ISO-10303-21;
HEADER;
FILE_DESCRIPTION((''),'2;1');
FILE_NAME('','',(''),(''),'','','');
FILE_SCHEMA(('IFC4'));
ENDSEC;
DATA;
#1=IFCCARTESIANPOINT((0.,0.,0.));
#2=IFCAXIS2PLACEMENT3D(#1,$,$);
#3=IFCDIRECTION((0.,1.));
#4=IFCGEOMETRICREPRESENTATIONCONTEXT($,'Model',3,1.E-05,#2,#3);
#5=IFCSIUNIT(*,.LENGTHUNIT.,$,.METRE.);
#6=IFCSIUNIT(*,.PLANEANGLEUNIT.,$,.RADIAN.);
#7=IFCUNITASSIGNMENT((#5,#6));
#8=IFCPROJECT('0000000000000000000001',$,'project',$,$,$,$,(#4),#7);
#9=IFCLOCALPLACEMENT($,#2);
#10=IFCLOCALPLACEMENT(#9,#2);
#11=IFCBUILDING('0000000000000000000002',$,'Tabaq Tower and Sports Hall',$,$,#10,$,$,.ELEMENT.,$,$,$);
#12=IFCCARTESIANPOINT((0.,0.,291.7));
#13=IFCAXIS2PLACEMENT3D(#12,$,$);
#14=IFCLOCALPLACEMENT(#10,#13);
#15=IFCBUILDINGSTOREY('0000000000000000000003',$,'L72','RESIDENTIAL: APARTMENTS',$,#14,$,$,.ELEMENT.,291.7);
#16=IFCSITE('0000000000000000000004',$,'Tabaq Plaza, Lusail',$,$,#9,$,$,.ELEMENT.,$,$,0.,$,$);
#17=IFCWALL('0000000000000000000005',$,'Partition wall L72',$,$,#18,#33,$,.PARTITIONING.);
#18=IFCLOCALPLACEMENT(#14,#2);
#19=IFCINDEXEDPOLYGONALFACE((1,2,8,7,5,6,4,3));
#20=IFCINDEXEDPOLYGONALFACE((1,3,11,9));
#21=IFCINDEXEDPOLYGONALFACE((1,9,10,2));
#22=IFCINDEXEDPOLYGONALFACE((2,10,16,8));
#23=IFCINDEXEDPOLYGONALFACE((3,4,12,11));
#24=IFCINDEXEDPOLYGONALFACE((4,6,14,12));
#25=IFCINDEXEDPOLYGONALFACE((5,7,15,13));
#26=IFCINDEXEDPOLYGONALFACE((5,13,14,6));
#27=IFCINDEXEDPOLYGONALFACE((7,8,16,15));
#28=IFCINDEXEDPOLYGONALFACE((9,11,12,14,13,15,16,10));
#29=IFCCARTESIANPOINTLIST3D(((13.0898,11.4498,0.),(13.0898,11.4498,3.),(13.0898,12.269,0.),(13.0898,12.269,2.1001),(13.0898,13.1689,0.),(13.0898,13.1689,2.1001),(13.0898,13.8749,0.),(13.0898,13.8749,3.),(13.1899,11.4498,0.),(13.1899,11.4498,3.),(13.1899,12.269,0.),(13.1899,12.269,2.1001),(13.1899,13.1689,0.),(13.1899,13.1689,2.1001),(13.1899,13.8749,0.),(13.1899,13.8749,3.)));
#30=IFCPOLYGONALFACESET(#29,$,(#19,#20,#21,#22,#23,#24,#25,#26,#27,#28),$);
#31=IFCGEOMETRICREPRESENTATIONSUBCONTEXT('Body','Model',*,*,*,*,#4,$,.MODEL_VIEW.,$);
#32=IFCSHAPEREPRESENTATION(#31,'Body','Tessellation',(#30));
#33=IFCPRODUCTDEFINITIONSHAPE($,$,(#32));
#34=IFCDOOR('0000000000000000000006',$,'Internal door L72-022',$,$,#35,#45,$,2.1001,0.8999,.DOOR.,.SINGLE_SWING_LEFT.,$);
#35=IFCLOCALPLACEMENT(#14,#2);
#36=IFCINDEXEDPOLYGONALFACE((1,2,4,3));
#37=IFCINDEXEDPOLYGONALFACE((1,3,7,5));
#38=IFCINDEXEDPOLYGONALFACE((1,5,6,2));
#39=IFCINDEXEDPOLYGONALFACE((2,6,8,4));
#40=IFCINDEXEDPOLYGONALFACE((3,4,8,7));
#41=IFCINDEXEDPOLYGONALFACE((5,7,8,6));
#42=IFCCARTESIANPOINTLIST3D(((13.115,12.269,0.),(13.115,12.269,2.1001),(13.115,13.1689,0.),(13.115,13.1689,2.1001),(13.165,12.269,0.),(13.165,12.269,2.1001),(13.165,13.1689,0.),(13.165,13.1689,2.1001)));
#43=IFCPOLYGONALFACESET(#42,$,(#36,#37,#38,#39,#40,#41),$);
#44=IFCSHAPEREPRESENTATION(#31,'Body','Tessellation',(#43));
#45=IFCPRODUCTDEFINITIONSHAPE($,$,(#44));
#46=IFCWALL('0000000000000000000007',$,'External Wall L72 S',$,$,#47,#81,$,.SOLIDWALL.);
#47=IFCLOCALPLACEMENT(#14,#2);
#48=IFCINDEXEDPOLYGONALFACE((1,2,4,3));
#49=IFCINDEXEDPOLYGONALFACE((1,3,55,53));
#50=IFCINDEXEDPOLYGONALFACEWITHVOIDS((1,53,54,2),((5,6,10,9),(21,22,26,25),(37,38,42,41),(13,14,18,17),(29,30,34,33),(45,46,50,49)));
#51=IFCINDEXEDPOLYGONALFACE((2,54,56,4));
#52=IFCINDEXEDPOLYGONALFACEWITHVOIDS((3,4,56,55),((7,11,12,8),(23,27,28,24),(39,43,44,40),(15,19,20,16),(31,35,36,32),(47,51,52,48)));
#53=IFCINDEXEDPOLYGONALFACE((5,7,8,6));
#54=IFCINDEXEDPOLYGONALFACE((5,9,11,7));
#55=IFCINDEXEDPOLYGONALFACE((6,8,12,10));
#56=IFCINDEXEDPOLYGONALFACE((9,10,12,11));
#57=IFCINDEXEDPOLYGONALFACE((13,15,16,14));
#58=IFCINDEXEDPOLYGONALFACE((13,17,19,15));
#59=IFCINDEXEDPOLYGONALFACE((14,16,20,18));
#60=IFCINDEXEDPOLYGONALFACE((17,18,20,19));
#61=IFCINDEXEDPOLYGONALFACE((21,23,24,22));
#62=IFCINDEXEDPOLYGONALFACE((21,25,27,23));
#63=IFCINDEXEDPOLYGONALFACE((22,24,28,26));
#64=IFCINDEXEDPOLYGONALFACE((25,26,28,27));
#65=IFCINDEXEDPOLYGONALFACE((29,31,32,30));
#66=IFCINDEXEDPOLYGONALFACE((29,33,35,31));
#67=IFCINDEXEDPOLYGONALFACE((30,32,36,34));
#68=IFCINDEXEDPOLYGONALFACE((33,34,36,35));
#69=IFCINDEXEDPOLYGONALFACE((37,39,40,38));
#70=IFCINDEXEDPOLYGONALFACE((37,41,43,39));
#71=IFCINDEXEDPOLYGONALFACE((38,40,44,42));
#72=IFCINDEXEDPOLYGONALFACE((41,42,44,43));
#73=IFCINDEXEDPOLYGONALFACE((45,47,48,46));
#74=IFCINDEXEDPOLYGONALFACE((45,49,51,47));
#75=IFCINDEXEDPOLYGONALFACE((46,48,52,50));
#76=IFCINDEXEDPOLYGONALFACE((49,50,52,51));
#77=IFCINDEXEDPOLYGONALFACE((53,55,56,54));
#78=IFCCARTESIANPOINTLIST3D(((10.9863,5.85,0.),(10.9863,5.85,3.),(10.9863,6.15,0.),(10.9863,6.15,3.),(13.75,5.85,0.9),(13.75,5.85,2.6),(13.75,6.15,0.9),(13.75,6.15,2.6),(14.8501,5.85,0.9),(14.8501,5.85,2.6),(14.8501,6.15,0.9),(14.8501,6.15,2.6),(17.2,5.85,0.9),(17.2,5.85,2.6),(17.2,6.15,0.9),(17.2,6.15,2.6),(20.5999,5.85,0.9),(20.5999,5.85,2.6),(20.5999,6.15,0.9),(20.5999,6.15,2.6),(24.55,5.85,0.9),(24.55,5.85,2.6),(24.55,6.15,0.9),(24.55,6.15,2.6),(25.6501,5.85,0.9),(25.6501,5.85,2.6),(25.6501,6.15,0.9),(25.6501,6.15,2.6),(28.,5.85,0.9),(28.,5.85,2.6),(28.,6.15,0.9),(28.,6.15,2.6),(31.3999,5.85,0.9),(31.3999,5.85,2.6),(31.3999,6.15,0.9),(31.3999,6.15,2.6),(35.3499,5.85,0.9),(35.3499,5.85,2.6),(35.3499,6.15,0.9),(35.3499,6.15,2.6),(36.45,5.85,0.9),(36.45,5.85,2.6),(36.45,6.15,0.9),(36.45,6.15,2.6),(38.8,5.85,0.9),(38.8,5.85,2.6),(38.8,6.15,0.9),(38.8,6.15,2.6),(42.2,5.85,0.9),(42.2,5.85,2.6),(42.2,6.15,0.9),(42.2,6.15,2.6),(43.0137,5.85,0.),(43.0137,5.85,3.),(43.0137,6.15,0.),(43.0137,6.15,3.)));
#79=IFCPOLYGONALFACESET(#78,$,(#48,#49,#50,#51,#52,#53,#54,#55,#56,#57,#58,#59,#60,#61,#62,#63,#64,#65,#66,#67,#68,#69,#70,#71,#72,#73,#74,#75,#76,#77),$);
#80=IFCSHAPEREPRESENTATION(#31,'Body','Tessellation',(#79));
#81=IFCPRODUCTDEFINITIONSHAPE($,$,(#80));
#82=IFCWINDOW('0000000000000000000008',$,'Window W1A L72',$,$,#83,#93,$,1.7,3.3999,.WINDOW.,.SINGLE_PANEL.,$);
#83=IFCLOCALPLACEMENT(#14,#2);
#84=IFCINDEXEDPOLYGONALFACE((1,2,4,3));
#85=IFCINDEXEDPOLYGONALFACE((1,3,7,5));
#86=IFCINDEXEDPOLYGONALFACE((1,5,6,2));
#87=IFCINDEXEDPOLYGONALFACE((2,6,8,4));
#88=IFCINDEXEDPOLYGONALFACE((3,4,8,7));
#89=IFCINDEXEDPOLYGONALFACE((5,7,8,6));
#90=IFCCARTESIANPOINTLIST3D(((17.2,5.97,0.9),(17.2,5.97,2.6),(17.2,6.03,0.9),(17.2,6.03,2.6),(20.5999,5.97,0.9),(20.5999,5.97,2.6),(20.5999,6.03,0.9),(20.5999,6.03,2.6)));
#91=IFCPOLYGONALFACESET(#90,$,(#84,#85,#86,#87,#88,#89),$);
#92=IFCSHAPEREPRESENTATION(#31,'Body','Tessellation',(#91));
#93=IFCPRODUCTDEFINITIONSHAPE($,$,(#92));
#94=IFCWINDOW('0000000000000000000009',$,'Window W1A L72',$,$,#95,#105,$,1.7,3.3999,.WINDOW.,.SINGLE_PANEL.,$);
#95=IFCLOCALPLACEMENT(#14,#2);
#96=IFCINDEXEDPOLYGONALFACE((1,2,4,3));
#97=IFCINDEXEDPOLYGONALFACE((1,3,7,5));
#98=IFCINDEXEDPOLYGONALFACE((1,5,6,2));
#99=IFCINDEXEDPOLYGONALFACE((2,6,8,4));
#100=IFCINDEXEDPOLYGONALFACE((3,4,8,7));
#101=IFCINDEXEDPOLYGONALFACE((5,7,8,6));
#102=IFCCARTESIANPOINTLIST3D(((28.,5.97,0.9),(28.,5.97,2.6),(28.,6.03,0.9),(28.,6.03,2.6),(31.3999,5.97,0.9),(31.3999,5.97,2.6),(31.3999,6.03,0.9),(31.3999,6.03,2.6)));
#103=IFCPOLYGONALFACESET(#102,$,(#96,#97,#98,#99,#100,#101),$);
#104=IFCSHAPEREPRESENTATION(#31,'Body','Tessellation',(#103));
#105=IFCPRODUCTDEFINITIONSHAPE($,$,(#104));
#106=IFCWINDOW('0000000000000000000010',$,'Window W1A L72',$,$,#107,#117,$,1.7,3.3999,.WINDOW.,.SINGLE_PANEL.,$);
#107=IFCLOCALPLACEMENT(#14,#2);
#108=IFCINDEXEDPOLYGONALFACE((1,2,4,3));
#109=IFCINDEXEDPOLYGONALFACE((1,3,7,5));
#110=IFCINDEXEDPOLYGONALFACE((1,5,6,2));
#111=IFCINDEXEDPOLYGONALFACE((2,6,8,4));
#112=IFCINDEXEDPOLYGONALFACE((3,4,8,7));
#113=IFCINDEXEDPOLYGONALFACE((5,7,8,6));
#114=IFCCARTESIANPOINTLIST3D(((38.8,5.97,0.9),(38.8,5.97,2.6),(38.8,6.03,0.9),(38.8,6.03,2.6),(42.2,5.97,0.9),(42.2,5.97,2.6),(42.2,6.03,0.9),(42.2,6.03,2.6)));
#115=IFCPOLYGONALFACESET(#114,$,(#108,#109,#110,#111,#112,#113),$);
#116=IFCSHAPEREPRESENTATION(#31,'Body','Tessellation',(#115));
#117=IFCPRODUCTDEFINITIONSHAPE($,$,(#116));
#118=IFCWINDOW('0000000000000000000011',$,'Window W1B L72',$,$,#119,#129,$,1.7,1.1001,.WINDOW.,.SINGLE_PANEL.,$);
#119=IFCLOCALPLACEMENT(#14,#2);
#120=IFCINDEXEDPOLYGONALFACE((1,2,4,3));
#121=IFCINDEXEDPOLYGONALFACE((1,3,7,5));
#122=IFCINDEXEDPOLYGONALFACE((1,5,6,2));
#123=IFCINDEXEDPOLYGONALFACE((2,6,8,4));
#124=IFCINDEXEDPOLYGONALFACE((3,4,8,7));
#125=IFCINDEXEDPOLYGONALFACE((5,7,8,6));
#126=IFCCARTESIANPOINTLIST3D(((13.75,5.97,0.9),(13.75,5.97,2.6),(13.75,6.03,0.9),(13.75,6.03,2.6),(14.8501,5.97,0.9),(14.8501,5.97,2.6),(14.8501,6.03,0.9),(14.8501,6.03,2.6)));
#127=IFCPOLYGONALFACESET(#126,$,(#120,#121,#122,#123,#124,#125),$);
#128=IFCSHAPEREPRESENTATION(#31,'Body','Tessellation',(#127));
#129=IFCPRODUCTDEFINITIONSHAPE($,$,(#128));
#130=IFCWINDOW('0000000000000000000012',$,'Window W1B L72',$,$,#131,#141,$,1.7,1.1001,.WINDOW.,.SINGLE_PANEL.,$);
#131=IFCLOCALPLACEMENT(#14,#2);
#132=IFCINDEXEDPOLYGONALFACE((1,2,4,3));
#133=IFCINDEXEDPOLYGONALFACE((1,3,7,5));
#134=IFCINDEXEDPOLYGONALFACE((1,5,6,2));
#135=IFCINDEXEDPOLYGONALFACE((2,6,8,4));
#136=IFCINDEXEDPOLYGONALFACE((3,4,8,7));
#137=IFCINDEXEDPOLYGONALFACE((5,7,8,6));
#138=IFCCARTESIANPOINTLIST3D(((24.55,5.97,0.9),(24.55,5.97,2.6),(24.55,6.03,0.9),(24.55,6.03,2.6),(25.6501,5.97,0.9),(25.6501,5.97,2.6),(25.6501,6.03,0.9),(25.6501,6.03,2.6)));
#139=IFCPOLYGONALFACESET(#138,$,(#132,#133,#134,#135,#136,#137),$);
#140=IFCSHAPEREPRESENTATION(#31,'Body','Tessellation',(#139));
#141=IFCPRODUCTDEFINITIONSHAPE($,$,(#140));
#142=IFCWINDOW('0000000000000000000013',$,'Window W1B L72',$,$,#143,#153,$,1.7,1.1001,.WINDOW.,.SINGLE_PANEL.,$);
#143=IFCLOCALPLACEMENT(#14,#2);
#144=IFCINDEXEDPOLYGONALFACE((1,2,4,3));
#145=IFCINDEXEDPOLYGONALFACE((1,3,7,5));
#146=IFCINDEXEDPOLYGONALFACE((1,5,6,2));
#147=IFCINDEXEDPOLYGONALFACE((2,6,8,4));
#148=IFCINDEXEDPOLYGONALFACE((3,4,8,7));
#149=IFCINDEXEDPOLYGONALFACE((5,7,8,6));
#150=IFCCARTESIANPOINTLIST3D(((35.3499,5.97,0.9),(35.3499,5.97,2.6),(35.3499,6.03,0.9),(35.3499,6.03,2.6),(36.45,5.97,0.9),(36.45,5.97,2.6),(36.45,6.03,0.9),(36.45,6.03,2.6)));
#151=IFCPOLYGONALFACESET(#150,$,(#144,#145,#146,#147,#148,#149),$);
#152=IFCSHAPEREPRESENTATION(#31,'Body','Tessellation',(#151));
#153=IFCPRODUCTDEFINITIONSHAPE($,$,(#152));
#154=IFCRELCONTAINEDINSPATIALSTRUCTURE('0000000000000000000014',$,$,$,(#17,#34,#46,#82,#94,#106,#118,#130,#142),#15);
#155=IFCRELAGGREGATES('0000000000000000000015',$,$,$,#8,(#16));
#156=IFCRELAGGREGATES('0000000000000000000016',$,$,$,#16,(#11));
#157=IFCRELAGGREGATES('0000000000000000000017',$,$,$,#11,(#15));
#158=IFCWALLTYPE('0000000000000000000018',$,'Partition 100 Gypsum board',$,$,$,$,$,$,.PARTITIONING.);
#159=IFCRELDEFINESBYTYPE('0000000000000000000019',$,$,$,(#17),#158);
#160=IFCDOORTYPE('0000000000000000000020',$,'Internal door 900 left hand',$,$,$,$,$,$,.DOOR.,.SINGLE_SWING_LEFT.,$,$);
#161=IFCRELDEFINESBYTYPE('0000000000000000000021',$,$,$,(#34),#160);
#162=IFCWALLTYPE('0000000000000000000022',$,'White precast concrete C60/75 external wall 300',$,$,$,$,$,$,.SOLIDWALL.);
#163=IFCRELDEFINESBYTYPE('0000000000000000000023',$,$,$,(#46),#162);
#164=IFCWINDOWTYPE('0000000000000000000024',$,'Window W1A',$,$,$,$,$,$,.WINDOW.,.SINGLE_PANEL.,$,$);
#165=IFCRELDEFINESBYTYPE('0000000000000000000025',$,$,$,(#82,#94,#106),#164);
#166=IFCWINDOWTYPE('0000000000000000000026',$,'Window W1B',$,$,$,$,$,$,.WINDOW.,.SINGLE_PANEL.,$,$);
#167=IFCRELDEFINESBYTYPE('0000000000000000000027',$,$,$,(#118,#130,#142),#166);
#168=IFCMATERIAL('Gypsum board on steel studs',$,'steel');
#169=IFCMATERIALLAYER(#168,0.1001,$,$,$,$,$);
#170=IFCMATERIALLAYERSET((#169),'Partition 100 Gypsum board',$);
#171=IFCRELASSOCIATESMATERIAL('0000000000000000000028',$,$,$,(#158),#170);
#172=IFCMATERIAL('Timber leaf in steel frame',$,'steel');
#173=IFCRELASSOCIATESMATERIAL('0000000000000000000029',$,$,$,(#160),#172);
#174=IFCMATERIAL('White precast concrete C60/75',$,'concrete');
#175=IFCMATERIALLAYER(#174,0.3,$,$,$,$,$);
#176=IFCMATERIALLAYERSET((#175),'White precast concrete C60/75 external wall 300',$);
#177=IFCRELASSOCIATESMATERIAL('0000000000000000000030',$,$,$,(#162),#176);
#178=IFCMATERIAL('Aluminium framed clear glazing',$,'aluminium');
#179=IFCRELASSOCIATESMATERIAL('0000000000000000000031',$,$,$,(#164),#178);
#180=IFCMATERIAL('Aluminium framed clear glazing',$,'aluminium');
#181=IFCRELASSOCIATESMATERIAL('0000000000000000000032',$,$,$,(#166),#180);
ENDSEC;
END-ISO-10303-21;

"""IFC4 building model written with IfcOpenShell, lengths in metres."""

from ifc_helpers import new_model, si_unit, direction, frame, frame_2d, origin, place, context, subcontext, project, spatial, rectangle, extrude, material, layer, layer_set, type_object, element, fill, save


model = new_model("IFC4")

# Units and contexts
model_context = context("Model", 3, precision=1e-05, world=origin(), true_north=direction((0.0, 1.0)))
body_context = subcontext(model_context, "Body", "Model", "MODEL_VIEW")
ifc_project = project(units=[si_unit("LENGTHUNIT", "METRE"), si_unit("PLANEANGLEUNIT", "RADIAN")], contexts=[model_context])

# Site, building, storey
site_placement = place(None, origin())
site = spatial("IfcSite", under=ifc_project, at=site_placement, Name="Tabaq Plaza, Lusail", CompositionType="ELEMENT", RefElevation=0.0)
building_placement = place(site_placement, origin())
building = spatial("IfcBuilding", under=site, at=building_placement, Name="Tabaq Tower and Sports Hall", CompositionType="ELEMENT")
storey_placement = place(building_placement, frame((0.0, 0.0, 291.7)))
storey = spatial("IfcBuildingStorey", under=building, at=storey_placement, Name="L72", Description="RESIDENTIAL: APARTMENTS", CompositionType="ELEMENT", Elevation=291.7)

# Shared definitions
ifc_material_1 = material(Name="Gypsum board on steel studs", Category="steel")
ifc_layer_1 = layer(ifc_material_1, 0.1001)
ifc_layer_set_1 = layer_set([ifc_layer_1], Name="Partition 100 Gypsum board")
wall_type_1 = type_object("IfcWallType", Name="Partition 100 Gypsum board", PredefinedType="PARTITIONING", material=ifc_layer_set_1)
ifc_material_2 = material(Name="Timber leaf in steel frame", Category="steel")
door_type_1 = type_object("IfcDoorType", Name="Internal door 900 left hand", OperationType="SINGLE_SWING_LEFT", PredefinedType="DOOR", material=ifc_material_2)

# Wall, opening, door
wall_1_placement = place(storey_placement, frame((13.1399, 11.45, 0.0), z_axis=(0.0, 0.0, 1.0), x_axis=(0.0, 1.0, 0.0)))
wall_1 = element("IfcWall", 1, at=wall_1_placement, inside=storey, type_object=wall_type_1, Name="Partition wall L72", PredefinedType="PARTITIONING", context=body_context, shape_type="SweptSolid", body=[
    extrude(rectangle(XDim=2.425, YDim=0.1001, at=frame_2d((1.2124, 0.0))), origin(), (0.0, 0.0, 1.0), 3.0),
])
opening_1_placement = place(wall_1_placement, frame((0.8191, 0.0, 0.0)))
opening_1 = element("IfcOpeningElement", 2, at=opening_1_placement, cuts=wall_1, PredefinedType="OPENING", context=body_context, shape_type="SweptSolid", body=[
    extrude(rectangle(XDim=0.8999, YDim=2.1001, at=frame_2d((0.45, 1.05))), frame((0.0, 0.05, 0.0), z_axis=(0.0, -1.0, 0.0), x_axis=(1.0, 0.0, 0.0)), (0.0, 0.0, 1.0), 0.1001),
])
door_1_placement = place(opening_1_placement, origin())
door_1 = element("IfcDoor", 3, at=door_1_placement, inside=storey, type_object=door_type_1, Name="Internal door L72-022", OperationType="SINGLE_SWING_LEFT", OverallHeight=2.1001, OverallWidth=0.8999, PredefinedType="DOOR", context=body_context, shape_type="SweptSolid", body=[
    extrude(rectangle(XDim=0.8999, YDim=2.1001, at=frame_2d((0.45, 1.05))), frame((0.0, 0.0249, 0.0), z_axis=(0.0, -1.0, 0.0), x_axis=(1.0, 0.0, 0.0)), (0.0, 0.0, 1.0), 0.05),
])
fill(opening_1, door_1)

# Wall, openings, windows
ifc_material_3 = material(Name="White precast concrete C60/75", Category="concrete")
ifc_layer_2 = layer(ifc_material_3, 0.3)
ifc_layer_set_2 = layer_set([ifc_layer_2], Name="White precast concrete C60/75 external wall 300")
wall_type_2 = type_object("IfcWallType", Name="White precast concrete C60/75 external wall 300", PredefinedType="SOLIDWALL", material=ifc_layer_set_2)
wall_2_placement = place(storey_placement, frame((10.9863, 6.0, 0.0), z_axis=(0.0, 0.0, 1.0), x_axis=(1.0, 0.0, 0.0)))
wall_2 = element("IfcWall", 4, at=wall_2_placement, inside=storey, type_object=wall_type_2, Name="External Wall L72 S", PredefinedType="SOLIDWALL", context=body_context, shape_type="SweptSolid", body=[
    extrude(rectangle(XDim=32.0273, YDim=0.3, at=frame_2d((16.0137, 0.0))), origin(), (0.0, 0.0, 1.0), 3.0),
])
opening_2_placement = place(wall_2_placement, frame((2.7637, 0.0, 0.8999)))
opening_2 = element("IfcOpeningElement", 5, at=opening_2_placement, cuts=wall_2, PredefinedType="OPENING", context=body_context, shape_type="SweptSolid", body=[
    extrude(rectangle(XDim=1.1001, YDim=1.7, at=frame_2d((0.55, 0.8501))), frame((0.0, 0.1602, 0.0), z_axis=(0.0, -1.0, 0.0), x_axis=(1.0, 0.0, 0.0)), (0.0, 0.0, 1.0), 0.3201),
])
opening_3_placement = place(wall_2_placement, frame((6.2136, 0.0, 0.8999)))
opening_3 = element("IfcOpeningElement", 6, at=opening_3_placement, cuts=wall_2, PredefinedType="OPENING", context=body_context, shape_type="SweptSolid", body=[
    extrude(rectangle(XDim=3.3999, YDim=1.7, at=frame_2d((1.7, 0.8501))), frame((0.0, 0.1602, 0.0), z_axis=(0.0, -1.0, 0.0), x_axis=(1.0, 0.0, 0.0)), (0.0, 0.0, 1.0), 0.3201),
])
opening_4_placement = place(wall_2_placement, frame((13.5637, 0.0, 0.8999)))
opening_4 = element("IfcOpeningElement", 7, at=opening_4_placement, cuts=wall_2, PredefinedType="OPENING", context=body_context, shape_type="SweptSolid", body=[
    extrude(rectangle(XDim=1.1001, YDim=1.7, at=frame_2d((0.55, 0.8501))), frame((0.0, 0.1602, 0.0), z_axis=(0.0, -1.0, 0.0), x_axis=(1.0, 0.0, 0.0)), (0.0, 0.0, 1.0), 0.3201),
])
opening_5_placement = place(wall_2_placement, frame((17.0137, 0.0, 0.8999)))
opening_5 = element("IfcOpeningElement", 8, at=opening_5_placement, cuts=wall_2, PredefinedType="OPENING", context=body_context, shape_type="SweptSolid", body=[
    extrude(rectangle(XDim=3.3999, YDim=1.7, at=frame_2d((1.7, 0.8501))), frame((0.0, 0.1602, 0.0), z_axis=(0.0, -1.0, 0.0), x_axis=(1.0, 0.0, 0.0)), (0.0, 0.0, 1.0), 0.3201),
])
opening_6_placement = place(wall_2_placement, frame((24.3635, 0.0, 0.8999)))
opening_6 = element("IfcOpeningElement", 9, at=opening_6_placement, cuts=wall_2, PredefinedType="OPENING", context=body_context, shape_type="SweptSolid", body=[
    extrude(rectangle(XDim=1.1001, YDim=1.7, at=frame_2d((0.55, 0.8501))), frame((0.0, 0.1602, 0.0), z_axis=(0.0, -1.0, 0.0), x_axis=(1.0, 0.0, 0.0)), (0.0, 0.0, 1.0), 0.3201),
])
opening_7_placement = place(wall_2_placement, frame((27.8137, 0.0, 0.8999)))
opening_7 = element("IfcOpeningElement", 10, at=opening_7_placement, cuts=wall_2, PredefinedType="OPENING", context=body_context, shape_type="SweptSolid", body=[
    extrude(rectangle(XDim=3.3999, YDim=1.7, at=frame_2d((1.7, 0.8501))), frame((0.0, 0.1602, 0.0), z_axis=(0.0, -1.0, 0.0), x_axis=(1.0, 0.0, 0.0)), (0.0, 0.0, 1.0), 0.3201),
])
ifc_material_4 = material(Name="Aluminium framed clear glazing", Category="aluminium")
window_type_1 = type_object("IfcWindowType", Name="Window W1A", PartitioningType="SINGLE_PANEL", PredefinedType="WINDOW", material=ifc_material_4)
window_1_placement = place(opening_3_placement, origin())
window_1 = element("IfcWindow", 11, at=window_1_placement, inside=storey, type_object=window_type_1, Name="Window W1A L72", OverallHeight=1.7, OverallWidth=3.3999, PartitioningType="SINGLE_PANEL", PredefinedType="WINDOW", context=body_context, shape_type="SweptSolid", body=[
    extrude(rectangle(XDim=3.3999, YDim=1.7, at=frame_2d((1.7, 0.8501))), frame((0.0, 0.03, 0.0), z_axis=(0.0, -1.0, 0.0), x_axis=(1.0, 0.0, 0.0)), (0.0, 0.0, 1.0), 0.0601),
])
fill(opening_3, window_1)
window_2_placement = place(opening_5_placement, origin())
window_2 = element("IfcWindow", 12, at=window_2_placement, inside=storey, type_object=window_type_1, Name="Window W1A L72", OverallHeight=1.7, OverallWidth=3.3999, PartitioningType="SINGLE_PANEL", PredefinedType="WINDOW", context=body_context, shape_type="SweptSolid", body=[
    extrude(rectangle(XDim=3.3999, YDim=1.7, at=frame_2d((1.7, 0.8501))), frame((0.0, 0.03, 0.0), z_axis=(0.0, -1.0, 0.0), x_axis=(1.0, 0.0, 0.0)), (0.0, 0.0, 1.0), 0.0601),
])
fill(opening_5, window_2)
window_3_placement = place(opening_7_placement, origin())
window_3 = element("IfcWindow", 13, at=window_3_placement, inside=storey, type_object=window_type_1, Name="Window W1A L72", OverallHeight=1.7, OverallWidth=3.3999, PartitioningType="SINGLE_PANEL", PredefinedType="WINDOW", context=body_context, shape_type="SweptSolid", body=[
    extrude(rectangle(XDim=3.3999, YDim=1.7, at=frame_2d((1.7, 0.8501))), frame((0.0, 0.03, 0.0), z_axis=(0.0, -1.0, 0.0), x_axis=(1.0, 0.0, 0.0)), (0.0, 0.0, 1.0), 0.0601),
])
fill(opening_7, window_3)
ifc_material_5 = material(Name="Aluminium framed clear glazing", Category="aluminium")
window_type_2 = type_object("IfcWindowType", Name="Window W1B", PartitioningType="SINGLE_PANEL", PredefinedType="WINDOW", material=ifc_material_5)
window_4_placement = place(opening_2_placement, origin())
window_4 = element("IfcWindow", 14, at=window_4_placement, inside=storey, type_object=window_type_2, Name="Window W1B L72", OverallHeight=1.7, OverallWidth=1.1001, PartitioningType="SINGLE_PANEL", PredefinedType="WINDOW", context=body_context, shape_type="SweptSolid", body=[
    extrude(rectangle(XDim=1.1001, YDim=1.7, at=frame_2d((0.55, 0.8501))), frame((0.0, 0.03, 0.0), z_axis=(0.0, -1.0, 0.0), x_axis=(1.0, 0.0, 0.0)), (0.0, 0.0, 1.0), 0.0601),
])
fill(opening_2, window_4)
window_5_placement = place(opening_4_placement, origin())
window_5 = element("IfcWindow", 15, at=window_5_placement, inside=storey, type_object=window_type_2, Name="Window W1B L72", OverallHeight=1.7, OverallWidth=1.1001, PartitioningType="SINGLE_PANEL", PredefinedType="WINDOW", context=body_context, shape_type="SweptSolid", body=[
    extrude(rectangle(XDim=1.1001, YDim=1.7, at=frame_2d((0.55, 0.8501))), frame((0.0, 0.03, 0.0), z_axis=(0.0, -1.0, 0.0), x_axis=(1.0, 0.0, 0.0)), (0.0, 0.0, 1.0), 0.0601),
])
fill(opening_4, window_5)
window_6_placement = place(opening_6_placement, origin())
window_6 = element("IfcWindow", 16, at=window_6_placement, inside=storey, type_object=window_type_2, Name="Window W1B L72", OverallHeight=1.7, OverallWidth=1.1001, PartitioningType="SINGLE_PANEL", PredefinedType="WINDOW", context=body_context, shape_type="SweptSolid", body=[
    extrude(rectangle(XDim=1.1001, YDim=1.7, at=frame_2d((0.55, 0.8501))), frame((0.0, 0.03, 0.0), z_axis=(0.0, -1.0, 0.0), x_axis=(1.0, 0.0, 0.0)), (0.0, 0.0, 1.0), 0.0601),
])
fill(opening_6, window_6)

save(model, "model.ifc")
